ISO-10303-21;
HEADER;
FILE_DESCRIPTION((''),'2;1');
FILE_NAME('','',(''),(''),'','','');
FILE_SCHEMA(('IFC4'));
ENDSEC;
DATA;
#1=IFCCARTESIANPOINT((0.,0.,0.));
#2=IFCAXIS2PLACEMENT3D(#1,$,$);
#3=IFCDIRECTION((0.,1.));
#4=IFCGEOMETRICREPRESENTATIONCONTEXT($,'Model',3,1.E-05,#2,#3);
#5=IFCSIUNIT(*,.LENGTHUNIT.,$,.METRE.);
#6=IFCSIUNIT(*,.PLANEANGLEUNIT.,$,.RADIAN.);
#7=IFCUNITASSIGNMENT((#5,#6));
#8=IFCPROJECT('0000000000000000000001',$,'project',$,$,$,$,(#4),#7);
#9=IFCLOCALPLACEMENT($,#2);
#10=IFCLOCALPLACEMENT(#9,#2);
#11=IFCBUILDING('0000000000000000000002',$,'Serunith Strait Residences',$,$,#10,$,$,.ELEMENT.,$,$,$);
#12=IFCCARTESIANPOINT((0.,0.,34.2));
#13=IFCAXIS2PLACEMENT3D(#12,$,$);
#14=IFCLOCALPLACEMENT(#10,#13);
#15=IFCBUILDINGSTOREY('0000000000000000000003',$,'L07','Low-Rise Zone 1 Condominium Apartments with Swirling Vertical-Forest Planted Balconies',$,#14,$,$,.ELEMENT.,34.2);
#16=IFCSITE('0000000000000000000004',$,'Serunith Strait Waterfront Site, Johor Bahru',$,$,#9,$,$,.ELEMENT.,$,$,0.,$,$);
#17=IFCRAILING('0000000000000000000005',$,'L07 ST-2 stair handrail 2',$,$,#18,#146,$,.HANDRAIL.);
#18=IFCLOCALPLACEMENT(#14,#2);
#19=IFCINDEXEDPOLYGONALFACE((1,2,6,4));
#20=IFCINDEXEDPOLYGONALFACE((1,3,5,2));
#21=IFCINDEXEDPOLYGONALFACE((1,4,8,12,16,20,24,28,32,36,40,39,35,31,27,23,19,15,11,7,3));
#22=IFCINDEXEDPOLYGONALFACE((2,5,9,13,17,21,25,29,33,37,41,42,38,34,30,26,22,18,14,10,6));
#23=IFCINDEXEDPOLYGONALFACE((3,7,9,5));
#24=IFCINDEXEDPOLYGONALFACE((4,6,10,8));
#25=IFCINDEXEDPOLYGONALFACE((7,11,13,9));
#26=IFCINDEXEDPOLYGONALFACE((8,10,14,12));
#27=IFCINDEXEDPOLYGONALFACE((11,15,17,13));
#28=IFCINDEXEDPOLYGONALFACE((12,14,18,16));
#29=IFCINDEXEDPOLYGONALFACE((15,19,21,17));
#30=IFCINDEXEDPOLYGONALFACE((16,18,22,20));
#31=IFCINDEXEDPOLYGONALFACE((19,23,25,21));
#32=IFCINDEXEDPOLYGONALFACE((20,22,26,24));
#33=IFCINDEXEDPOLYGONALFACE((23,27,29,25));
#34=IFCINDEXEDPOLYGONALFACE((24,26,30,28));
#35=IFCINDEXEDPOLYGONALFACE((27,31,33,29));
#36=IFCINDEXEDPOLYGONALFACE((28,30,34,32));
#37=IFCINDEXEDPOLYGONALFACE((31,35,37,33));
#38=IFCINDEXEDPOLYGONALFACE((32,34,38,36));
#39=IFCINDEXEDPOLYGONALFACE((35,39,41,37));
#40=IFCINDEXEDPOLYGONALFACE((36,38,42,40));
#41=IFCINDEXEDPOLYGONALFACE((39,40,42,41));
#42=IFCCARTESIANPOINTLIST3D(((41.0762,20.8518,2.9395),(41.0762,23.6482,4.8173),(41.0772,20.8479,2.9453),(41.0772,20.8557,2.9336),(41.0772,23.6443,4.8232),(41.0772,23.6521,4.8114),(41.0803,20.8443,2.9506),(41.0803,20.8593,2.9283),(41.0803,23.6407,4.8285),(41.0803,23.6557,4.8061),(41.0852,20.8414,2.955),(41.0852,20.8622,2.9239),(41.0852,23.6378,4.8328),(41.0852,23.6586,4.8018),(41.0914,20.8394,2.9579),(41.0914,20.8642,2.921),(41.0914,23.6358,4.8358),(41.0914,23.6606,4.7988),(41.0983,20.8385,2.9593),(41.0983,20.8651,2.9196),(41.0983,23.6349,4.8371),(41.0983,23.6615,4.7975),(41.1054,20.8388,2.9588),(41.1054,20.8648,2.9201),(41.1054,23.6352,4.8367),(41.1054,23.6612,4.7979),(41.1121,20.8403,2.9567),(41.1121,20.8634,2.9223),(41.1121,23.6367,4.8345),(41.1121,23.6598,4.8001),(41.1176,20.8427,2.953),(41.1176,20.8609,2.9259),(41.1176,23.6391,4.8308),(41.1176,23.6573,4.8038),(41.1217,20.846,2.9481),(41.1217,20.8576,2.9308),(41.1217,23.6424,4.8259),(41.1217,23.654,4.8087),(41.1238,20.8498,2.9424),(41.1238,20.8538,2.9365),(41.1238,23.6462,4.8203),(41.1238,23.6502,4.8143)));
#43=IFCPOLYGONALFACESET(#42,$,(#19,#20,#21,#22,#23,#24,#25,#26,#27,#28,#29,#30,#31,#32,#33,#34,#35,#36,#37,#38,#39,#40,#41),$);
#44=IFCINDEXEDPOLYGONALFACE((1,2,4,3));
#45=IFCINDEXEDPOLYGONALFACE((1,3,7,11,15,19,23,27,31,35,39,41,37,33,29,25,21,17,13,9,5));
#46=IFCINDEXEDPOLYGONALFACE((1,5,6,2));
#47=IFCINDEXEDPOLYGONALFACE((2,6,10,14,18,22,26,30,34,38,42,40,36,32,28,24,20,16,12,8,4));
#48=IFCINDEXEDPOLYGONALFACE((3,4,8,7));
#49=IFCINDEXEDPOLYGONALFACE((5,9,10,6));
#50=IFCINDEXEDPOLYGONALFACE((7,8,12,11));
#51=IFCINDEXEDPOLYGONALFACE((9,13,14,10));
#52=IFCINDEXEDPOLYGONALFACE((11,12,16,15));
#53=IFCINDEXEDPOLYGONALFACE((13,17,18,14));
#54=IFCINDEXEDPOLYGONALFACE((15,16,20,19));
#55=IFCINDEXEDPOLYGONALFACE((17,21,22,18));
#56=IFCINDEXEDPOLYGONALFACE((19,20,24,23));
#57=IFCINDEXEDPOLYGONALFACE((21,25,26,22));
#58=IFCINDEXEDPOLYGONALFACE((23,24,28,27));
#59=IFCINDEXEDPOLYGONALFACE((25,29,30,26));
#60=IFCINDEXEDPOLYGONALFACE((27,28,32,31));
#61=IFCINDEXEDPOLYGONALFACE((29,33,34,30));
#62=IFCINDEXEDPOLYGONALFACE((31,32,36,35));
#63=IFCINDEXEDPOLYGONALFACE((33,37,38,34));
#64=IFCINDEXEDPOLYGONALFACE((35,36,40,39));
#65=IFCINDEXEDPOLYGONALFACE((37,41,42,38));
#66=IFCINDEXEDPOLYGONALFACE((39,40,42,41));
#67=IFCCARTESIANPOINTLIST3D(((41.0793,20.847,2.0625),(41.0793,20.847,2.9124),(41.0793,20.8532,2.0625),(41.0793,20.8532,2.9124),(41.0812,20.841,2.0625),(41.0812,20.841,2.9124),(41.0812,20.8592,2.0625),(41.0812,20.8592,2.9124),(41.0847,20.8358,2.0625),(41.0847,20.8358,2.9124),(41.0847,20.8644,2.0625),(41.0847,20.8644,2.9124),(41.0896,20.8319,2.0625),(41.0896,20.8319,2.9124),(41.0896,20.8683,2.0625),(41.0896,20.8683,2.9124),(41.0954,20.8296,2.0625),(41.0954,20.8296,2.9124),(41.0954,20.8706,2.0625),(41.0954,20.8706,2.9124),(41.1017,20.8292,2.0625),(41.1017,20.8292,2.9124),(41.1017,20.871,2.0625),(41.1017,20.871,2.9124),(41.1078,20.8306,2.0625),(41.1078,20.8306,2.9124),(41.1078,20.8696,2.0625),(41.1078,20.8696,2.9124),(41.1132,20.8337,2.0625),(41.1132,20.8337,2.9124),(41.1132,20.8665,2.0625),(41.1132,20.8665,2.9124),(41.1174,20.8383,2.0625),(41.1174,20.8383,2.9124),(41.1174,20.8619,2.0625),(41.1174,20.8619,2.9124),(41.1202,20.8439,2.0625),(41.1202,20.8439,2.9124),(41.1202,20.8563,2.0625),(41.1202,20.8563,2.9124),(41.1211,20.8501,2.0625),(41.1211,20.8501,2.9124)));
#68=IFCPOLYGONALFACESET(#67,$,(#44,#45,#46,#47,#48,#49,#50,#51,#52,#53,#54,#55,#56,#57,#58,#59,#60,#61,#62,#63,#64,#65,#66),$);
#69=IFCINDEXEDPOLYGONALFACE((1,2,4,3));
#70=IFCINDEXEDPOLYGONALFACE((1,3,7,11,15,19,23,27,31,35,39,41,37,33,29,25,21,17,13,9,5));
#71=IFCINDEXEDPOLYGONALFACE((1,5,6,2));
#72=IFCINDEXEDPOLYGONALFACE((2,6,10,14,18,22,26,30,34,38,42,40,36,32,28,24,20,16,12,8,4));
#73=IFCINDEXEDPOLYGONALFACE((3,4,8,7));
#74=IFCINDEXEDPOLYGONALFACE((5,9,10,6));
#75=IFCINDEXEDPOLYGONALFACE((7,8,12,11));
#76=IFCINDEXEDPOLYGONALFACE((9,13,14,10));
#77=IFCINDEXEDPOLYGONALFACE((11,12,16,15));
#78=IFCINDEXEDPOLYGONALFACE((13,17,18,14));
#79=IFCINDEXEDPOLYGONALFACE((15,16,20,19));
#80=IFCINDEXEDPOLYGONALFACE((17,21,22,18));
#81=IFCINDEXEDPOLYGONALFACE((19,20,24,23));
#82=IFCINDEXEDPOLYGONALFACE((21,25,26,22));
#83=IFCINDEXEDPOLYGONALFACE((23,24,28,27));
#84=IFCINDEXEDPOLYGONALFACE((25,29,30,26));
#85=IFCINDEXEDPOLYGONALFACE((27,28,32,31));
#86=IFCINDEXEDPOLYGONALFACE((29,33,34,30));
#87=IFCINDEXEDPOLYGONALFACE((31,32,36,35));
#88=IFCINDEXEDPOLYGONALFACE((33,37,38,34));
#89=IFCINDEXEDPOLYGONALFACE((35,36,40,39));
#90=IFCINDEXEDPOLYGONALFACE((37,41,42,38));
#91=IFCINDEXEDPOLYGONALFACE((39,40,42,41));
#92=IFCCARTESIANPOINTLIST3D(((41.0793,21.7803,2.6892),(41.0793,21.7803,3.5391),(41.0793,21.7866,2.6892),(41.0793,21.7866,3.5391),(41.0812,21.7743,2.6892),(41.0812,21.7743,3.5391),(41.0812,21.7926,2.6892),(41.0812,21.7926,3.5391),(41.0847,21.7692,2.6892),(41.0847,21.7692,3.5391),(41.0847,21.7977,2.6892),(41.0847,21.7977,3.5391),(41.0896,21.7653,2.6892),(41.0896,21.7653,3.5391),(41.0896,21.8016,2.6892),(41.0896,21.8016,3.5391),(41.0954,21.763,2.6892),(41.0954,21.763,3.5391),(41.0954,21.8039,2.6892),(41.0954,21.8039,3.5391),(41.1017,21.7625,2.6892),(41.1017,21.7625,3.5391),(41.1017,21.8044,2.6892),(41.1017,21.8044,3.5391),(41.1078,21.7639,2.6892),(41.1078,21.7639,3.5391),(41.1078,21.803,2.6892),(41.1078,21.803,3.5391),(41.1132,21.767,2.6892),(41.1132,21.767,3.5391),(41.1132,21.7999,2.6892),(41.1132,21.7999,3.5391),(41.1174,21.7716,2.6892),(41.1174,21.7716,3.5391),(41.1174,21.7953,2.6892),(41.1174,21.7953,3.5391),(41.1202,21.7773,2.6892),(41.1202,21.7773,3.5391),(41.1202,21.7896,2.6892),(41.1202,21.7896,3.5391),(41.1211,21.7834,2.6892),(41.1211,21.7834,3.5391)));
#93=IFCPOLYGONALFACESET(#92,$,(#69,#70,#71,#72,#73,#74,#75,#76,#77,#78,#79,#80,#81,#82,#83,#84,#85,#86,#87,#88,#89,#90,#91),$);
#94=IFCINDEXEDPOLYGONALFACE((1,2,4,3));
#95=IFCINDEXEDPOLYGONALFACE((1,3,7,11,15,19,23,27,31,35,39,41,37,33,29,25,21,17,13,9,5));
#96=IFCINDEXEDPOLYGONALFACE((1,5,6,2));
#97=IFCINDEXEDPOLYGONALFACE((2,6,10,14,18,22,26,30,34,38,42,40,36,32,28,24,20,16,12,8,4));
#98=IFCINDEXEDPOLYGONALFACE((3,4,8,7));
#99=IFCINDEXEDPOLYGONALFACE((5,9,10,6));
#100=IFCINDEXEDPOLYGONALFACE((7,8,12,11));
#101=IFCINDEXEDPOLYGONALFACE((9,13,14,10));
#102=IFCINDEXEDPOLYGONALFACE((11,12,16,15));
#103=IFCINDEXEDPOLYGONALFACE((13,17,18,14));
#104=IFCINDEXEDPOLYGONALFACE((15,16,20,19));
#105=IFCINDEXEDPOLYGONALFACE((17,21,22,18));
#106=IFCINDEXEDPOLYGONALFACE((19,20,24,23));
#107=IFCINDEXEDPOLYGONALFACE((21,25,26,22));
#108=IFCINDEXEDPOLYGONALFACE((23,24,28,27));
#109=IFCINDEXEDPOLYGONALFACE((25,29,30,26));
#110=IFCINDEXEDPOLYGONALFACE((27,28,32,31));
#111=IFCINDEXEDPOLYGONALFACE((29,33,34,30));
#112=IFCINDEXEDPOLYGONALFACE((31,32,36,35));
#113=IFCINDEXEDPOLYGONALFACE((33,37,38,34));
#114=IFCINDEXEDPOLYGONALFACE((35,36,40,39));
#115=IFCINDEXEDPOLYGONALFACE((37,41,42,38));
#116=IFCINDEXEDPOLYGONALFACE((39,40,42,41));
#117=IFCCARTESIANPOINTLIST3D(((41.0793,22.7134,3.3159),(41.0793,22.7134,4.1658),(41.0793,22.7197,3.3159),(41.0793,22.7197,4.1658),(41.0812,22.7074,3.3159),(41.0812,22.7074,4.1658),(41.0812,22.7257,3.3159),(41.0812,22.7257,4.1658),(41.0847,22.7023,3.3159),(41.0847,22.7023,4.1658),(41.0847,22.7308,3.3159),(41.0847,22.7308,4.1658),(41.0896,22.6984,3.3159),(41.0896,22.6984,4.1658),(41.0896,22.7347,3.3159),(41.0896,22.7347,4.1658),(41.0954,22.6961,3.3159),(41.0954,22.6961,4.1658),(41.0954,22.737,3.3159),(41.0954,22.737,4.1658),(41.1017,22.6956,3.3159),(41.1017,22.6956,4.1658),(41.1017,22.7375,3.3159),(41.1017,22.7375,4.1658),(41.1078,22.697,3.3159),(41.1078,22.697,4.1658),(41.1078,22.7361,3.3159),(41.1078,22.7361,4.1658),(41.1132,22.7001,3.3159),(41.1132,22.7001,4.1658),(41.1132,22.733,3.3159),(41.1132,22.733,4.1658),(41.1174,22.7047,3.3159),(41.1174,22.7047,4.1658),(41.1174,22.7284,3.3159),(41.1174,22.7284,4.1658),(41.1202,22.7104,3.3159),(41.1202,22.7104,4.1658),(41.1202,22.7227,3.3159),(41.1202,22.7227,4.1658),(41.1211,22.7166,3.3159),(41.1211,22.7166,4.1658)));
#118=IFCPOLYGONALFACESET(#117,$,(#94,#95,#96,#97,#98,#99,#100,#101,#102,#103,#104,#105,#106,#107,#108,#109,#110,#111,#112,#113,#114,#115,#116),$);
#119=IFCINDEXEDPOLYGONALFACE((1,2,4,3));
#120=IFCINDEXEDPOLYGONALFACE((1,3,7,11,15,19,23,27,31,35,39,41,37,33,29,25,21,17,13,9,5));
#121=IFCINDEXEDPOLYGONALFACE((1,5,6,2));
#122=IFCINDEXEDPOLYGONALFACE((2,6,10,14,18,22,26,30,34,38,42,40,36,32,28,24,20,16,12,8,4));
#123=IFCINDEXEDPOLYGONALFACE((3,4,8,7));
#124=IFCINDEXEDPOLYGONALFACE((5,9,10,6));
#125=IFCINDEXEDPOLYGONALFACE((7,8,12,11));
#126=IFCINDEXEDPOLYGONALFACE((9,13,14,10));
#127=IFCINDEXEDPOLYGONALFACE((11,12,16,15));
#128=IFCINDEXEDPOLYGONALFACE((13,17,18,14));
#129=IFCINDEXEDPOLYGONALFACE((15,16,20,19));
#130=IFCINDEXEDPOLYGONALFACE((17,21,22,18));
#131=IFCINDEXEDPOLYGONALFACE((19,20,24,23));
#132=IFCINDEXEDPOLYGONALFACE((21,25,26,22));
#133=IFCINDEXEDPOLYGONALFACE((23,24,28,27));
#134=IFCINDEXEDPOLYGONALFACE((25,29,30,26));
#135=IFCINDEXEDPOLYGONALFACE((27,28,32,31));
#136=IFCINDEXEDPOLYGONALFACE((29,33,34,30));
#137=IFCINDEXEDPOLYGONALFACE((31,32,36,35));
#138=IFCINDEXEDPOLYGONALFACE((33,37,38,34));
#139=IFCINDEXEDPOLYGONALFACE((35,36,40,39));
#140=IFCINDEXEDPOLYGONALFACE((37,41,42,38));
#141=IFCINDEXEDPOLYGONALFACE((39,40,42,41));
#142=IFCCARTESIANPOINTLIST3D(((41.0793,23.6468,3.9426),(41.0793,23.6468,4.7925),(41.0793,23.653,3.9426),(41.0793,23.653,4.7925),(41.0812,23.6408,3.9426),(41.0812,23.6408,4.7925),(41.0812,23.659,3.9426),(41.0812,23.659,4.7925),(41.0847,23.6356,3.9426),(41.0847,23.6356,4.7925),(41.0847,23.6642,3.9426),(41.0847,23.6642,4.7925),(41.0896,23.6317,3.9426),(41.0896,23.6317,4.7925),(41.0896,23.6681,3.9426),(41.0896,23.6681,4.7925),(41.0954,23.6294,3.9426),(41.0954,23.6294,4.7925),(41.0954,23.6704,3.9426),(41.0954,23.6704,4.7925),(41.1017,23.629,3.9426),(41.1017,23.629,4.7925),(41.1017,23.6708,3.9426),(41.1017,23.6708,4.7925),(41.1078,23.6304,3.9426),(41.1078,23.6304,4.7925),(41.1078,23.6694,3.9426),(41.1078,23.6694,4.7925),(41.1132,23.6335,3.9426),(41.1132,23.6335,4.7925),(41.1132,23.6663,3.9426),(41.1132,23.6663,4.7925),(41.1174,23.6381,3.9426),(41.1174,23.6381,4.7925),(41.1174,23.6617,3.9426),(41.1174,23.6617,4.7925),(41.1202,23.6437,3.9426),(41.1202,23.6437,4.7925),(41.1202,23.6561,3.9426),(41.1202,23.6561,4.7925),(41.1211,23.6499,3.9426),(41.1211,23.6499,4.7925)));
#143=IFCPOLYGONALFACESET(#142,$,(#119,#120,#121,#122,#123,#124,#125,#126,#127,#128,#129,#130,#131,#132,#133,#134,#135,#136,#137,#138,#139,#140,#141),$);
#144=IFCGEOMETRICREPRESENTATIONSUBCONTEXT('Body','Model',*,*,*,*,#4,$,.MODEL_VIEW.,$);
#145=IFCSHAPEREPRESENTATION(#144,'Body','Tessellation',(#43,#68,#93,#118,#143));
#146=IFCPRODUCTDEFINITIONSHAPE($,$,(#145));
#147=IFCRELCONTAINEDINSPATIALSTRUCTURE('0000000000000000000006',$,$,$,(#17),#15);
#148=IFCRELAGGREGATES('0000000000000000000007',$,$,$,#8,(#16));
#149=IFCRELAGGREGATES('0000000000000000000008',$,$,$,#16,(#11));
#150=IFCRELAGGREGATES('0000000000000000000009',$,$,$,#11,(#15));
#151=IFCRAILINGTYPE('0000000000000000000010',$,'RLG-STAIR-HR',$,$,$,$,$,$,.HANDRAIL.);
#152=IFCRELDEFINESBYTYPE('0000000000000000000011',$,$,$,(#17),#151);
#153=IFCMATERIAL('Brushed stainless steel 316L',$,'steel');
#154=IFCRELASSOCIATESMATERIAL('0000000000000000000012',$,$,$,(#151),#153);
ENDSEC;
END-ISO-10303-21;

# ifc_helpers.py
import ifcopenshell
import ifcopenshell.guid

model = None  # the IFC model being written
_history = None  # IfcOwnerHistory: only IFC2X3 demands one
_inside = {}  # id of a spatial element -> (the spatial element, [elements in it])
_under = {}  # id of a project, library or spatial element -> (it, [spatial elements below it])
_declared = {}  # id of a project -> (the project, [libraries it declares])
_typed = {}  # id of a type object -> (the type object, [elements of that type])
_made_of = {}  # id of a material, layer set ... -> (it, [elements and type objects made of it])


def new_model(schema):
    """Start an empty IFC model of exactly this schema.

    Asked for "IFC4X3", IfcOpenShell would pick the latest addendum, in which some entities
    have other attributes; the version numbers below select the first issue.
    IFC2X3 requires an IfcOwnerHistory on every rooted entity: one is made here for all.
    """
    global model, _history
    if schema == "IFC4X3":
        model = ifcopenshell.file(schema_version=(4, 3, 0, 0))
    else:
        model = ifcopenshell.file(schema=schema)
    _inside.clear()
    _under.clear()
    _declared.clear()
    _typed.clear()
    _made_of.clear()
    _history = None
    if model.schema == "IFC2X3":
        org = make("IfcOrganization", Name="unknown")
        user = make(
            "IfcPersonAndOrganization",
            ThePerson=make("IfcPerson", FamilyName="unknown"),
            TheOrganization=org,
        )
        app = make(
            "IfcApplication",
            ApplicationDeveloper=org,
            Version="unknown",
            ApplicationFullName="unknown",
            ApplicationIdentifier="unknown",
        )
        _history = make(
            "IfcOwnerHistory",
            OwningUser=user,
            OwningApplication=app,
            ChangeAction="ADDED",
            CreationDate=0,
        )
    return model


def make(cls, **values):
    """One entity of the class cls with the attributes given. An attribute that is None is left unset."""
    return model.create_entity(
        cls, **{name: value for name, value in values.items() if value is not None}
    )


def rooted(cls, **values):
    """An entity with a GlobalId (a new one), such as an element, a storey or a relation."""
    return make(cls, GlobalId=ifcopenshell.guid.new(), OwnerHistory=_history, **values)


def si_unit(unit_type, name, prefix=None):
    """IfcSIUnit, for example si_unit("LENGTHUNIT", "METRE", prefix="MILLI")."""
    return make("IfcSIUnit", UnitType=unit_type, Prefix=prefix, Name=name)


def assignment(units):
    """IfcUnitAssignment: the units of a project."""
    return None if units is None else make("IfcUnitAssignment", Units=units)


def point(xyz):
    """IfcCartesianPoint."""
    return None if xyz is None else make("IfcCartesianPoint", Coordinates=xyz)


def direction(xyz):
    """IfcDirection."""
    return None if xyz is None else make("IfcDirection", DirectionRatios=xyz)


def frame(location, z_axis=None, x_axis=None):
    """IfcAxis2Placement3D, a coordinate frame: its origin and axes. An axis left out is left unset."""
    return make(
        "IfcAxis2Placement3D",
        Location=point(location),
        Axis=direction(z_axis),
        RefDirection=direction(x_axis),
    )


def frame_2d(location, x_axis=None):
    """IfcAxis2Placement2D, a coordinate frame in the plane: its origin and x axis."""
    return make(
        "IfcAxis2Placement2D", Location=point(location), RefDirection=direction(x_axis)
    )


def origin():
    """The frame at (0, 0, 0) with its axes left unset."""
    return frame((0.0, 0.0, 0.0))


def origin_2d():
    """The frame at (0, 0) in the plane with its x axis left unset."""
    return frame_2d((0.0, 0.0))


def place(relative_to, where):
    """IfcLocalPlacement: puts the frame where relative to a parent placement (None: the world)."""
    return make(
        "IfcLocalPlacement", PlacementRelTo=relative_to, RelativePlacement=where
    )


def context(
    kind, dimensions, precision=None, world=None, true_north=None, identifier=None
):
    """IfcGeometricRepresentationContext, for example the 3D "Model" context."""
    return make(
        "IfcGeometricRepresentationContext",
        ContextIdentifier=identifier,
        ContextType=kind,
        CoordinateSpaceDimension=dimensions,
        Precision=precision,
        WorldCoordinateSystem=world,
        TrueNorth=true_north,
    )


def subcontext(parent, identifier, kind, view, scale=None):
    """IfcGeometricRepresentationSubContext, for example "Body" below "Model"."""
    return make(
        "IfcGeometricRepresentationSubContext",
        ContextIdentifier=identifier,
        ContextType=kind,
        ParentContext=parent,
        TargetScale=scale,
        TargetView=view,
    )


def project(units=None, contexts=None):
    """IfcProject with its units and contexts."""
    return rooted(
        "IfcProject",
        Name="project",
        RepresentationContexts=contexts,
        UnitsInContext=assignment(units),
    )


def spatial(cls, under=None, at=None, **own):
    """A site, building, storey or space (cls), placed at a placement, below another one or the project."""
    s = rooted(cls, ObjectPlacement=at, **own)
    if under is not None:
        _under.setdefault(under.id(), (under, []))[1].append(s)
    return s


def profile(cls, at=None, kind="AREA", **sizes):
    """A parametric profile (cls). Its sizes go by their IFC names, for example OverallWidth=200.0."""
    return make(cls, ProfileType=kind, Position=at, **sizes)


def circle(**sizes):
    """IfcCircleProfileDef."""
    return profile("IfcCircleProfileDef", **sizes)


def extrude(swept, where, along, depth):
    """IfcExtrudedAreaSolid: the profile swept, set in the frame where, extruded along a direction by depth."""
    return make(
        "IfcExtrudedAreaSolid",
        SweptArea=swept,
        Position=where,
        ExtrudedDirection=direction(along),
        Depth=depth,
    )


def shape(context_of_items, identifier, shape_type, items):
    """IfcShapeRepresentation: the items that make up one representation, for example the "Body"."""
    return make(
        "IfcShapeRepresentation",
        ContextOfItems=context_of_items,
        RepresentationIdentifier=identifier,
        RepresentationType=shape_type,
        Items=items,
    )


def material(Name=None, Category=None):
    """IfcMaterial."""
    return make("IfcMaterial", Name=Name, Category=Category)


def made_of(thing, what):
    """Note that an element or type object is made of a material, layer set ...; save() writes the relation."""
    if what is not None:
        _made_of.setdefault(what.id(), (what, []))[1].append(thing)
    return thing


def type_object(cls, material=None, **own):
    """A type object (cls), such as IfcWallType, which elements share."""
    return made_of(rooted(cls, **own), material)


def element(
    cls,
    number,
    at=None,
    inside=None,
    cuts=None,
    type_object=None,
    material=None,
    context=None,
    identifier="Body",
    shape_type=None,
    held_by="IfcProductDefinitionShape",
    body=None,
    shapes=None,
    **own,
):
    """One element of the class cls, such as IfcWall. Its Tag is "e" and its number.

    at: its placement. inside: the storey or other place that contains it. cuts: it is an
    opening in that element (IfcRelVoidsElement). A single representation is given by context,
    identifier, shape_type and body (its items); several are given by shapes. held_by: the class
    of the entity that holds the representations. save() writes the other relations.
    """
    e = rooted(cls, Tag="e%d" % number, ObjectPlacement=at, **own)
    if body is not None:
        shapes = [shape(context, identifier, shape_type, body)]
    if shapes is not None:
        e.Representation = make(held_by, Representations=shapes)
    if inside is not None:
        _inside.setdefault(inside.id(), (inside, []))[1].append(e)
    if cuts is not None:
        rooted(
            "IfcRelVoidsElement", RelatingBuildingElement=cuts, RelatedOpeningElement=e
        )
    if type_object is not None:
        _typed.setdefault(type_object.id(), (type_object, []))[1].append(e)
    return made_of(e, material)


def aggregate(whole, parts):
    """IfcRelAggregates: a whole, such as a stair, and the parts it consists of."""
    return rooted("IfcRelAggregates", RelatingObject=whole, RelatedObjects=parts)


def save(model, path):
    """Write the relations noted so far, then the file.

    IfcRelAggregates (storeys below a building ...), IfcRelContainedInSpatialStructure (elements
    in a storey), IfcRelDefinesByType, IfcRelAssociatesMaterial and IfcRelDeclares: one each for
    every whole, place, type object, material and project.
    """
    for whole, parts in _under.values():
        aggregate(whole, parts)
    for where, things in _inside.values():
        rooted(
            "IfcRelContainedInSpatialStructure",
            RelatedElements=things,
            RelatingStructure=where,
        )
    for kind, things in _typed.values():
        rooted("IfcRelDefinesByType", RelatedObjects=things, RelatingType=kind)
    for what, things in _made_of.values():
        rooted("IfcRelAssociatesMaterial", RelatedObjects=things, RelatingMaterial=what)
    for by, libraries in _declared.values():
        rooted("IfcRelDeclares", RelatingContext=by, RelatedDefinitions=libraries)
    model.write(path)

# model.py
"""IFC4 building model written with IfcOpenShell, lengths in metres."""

from ifc_helpers import new_model, si_unit, direction, frame, origin, origin_2d, place, context, subcontext, project, spatial, circle, extrude, material, type_object, element, save


model = new_model("IFC4")

# Units and contexts
model_context = context("Model", 3, precision=1e-05, world=origin(), true_north=direction((0.0, 1.0)))
body_context = subcontext(model_context, "Body", "Model", "MODEL_VIEW")
ifc_project = project(units=[si_unit("LENGTHUNIT", "METRE"), si_unit("PLANEANGLEUNIT", "RADIAN")], contexts=[model_context])

# Site, building, storey
site_placement = place(None, origin())
site = spatial("IfcSite", under=ifc_project, at=site_placement, Name="Serunith Strait Waterfront Site, Johor Bahru", CompositionType="ELEMENT", RefElevation=0.0)
building_placement = place(site_placement, origin())
building = spatial("IfcBuilding", under=site, at=building_placement, Name="Serunith Strait Residences", CompositionType="ELEMENT")
storey_placement = place(building_placement, frame((0.0, 0.0, 34.2)))
storey = spatial("IfcBuildingStorey", under=building, at=storey_placement, Name="L07", Description="Low-Rise Zone 1 Condominium Apartments with Swirling Vertical-Forest Planted Balconies", CompositionType="ELEMENT", Elevation=34.2)

# Railing
ifc_material_1 = material(Name="Brushed stainless steel 316L", Category="steel")
railing_type_1 = type_object("IfcRailingType", Name="RLG-STAIR-HR", PredefinedType="HANDRAIL", material=ifc_material_1)
railing_1_placement = place(storey_placement, frame((41.1001, 20.8501, 2.0625)))
element("IfcRailing", 1, at=railing_1_placement, inside=storey, type_object=railing_type_1, Name="L07 ST-2 stair handrail 2", PredefinedType="HANDRAIL", context=body_context, shape_type="SweptSolid", body=[
    extrude(circle(Radius=0.0239, at=origin_2d()), frame((0.0, 0.0017, 0.877), z_axis=(0.0, 0.830186, 0.557487), x_axis=(-1.0, 0.0, 0.0)), (0.0, 0.0, 1.0), 3.3684),
    extrude(circle(Radius=0.021, at=origin_2d()), origin(), (0.0, 0.0, 1.0), 0.8499),
    extrude(circle(Radius=0.021, at=origin_2d()), frame((0.0, 0.9333, 0.6267)), (0.0, 0.0, 1.0), 0.8499),
    extrude(circle(Radius=0.021, at=origin_2d()), frame((0.0, 1.8665, 1.2534)), (0.0, 0.0, 1.0), 0.8499),
    extrude(circle(Radius=0.021, at=origin_2d()), frame((0.0, 2.7998, 1.8801)), (0.0, 0.0, 1.0), 0.8499),
])

save(model, "model.ifc")
